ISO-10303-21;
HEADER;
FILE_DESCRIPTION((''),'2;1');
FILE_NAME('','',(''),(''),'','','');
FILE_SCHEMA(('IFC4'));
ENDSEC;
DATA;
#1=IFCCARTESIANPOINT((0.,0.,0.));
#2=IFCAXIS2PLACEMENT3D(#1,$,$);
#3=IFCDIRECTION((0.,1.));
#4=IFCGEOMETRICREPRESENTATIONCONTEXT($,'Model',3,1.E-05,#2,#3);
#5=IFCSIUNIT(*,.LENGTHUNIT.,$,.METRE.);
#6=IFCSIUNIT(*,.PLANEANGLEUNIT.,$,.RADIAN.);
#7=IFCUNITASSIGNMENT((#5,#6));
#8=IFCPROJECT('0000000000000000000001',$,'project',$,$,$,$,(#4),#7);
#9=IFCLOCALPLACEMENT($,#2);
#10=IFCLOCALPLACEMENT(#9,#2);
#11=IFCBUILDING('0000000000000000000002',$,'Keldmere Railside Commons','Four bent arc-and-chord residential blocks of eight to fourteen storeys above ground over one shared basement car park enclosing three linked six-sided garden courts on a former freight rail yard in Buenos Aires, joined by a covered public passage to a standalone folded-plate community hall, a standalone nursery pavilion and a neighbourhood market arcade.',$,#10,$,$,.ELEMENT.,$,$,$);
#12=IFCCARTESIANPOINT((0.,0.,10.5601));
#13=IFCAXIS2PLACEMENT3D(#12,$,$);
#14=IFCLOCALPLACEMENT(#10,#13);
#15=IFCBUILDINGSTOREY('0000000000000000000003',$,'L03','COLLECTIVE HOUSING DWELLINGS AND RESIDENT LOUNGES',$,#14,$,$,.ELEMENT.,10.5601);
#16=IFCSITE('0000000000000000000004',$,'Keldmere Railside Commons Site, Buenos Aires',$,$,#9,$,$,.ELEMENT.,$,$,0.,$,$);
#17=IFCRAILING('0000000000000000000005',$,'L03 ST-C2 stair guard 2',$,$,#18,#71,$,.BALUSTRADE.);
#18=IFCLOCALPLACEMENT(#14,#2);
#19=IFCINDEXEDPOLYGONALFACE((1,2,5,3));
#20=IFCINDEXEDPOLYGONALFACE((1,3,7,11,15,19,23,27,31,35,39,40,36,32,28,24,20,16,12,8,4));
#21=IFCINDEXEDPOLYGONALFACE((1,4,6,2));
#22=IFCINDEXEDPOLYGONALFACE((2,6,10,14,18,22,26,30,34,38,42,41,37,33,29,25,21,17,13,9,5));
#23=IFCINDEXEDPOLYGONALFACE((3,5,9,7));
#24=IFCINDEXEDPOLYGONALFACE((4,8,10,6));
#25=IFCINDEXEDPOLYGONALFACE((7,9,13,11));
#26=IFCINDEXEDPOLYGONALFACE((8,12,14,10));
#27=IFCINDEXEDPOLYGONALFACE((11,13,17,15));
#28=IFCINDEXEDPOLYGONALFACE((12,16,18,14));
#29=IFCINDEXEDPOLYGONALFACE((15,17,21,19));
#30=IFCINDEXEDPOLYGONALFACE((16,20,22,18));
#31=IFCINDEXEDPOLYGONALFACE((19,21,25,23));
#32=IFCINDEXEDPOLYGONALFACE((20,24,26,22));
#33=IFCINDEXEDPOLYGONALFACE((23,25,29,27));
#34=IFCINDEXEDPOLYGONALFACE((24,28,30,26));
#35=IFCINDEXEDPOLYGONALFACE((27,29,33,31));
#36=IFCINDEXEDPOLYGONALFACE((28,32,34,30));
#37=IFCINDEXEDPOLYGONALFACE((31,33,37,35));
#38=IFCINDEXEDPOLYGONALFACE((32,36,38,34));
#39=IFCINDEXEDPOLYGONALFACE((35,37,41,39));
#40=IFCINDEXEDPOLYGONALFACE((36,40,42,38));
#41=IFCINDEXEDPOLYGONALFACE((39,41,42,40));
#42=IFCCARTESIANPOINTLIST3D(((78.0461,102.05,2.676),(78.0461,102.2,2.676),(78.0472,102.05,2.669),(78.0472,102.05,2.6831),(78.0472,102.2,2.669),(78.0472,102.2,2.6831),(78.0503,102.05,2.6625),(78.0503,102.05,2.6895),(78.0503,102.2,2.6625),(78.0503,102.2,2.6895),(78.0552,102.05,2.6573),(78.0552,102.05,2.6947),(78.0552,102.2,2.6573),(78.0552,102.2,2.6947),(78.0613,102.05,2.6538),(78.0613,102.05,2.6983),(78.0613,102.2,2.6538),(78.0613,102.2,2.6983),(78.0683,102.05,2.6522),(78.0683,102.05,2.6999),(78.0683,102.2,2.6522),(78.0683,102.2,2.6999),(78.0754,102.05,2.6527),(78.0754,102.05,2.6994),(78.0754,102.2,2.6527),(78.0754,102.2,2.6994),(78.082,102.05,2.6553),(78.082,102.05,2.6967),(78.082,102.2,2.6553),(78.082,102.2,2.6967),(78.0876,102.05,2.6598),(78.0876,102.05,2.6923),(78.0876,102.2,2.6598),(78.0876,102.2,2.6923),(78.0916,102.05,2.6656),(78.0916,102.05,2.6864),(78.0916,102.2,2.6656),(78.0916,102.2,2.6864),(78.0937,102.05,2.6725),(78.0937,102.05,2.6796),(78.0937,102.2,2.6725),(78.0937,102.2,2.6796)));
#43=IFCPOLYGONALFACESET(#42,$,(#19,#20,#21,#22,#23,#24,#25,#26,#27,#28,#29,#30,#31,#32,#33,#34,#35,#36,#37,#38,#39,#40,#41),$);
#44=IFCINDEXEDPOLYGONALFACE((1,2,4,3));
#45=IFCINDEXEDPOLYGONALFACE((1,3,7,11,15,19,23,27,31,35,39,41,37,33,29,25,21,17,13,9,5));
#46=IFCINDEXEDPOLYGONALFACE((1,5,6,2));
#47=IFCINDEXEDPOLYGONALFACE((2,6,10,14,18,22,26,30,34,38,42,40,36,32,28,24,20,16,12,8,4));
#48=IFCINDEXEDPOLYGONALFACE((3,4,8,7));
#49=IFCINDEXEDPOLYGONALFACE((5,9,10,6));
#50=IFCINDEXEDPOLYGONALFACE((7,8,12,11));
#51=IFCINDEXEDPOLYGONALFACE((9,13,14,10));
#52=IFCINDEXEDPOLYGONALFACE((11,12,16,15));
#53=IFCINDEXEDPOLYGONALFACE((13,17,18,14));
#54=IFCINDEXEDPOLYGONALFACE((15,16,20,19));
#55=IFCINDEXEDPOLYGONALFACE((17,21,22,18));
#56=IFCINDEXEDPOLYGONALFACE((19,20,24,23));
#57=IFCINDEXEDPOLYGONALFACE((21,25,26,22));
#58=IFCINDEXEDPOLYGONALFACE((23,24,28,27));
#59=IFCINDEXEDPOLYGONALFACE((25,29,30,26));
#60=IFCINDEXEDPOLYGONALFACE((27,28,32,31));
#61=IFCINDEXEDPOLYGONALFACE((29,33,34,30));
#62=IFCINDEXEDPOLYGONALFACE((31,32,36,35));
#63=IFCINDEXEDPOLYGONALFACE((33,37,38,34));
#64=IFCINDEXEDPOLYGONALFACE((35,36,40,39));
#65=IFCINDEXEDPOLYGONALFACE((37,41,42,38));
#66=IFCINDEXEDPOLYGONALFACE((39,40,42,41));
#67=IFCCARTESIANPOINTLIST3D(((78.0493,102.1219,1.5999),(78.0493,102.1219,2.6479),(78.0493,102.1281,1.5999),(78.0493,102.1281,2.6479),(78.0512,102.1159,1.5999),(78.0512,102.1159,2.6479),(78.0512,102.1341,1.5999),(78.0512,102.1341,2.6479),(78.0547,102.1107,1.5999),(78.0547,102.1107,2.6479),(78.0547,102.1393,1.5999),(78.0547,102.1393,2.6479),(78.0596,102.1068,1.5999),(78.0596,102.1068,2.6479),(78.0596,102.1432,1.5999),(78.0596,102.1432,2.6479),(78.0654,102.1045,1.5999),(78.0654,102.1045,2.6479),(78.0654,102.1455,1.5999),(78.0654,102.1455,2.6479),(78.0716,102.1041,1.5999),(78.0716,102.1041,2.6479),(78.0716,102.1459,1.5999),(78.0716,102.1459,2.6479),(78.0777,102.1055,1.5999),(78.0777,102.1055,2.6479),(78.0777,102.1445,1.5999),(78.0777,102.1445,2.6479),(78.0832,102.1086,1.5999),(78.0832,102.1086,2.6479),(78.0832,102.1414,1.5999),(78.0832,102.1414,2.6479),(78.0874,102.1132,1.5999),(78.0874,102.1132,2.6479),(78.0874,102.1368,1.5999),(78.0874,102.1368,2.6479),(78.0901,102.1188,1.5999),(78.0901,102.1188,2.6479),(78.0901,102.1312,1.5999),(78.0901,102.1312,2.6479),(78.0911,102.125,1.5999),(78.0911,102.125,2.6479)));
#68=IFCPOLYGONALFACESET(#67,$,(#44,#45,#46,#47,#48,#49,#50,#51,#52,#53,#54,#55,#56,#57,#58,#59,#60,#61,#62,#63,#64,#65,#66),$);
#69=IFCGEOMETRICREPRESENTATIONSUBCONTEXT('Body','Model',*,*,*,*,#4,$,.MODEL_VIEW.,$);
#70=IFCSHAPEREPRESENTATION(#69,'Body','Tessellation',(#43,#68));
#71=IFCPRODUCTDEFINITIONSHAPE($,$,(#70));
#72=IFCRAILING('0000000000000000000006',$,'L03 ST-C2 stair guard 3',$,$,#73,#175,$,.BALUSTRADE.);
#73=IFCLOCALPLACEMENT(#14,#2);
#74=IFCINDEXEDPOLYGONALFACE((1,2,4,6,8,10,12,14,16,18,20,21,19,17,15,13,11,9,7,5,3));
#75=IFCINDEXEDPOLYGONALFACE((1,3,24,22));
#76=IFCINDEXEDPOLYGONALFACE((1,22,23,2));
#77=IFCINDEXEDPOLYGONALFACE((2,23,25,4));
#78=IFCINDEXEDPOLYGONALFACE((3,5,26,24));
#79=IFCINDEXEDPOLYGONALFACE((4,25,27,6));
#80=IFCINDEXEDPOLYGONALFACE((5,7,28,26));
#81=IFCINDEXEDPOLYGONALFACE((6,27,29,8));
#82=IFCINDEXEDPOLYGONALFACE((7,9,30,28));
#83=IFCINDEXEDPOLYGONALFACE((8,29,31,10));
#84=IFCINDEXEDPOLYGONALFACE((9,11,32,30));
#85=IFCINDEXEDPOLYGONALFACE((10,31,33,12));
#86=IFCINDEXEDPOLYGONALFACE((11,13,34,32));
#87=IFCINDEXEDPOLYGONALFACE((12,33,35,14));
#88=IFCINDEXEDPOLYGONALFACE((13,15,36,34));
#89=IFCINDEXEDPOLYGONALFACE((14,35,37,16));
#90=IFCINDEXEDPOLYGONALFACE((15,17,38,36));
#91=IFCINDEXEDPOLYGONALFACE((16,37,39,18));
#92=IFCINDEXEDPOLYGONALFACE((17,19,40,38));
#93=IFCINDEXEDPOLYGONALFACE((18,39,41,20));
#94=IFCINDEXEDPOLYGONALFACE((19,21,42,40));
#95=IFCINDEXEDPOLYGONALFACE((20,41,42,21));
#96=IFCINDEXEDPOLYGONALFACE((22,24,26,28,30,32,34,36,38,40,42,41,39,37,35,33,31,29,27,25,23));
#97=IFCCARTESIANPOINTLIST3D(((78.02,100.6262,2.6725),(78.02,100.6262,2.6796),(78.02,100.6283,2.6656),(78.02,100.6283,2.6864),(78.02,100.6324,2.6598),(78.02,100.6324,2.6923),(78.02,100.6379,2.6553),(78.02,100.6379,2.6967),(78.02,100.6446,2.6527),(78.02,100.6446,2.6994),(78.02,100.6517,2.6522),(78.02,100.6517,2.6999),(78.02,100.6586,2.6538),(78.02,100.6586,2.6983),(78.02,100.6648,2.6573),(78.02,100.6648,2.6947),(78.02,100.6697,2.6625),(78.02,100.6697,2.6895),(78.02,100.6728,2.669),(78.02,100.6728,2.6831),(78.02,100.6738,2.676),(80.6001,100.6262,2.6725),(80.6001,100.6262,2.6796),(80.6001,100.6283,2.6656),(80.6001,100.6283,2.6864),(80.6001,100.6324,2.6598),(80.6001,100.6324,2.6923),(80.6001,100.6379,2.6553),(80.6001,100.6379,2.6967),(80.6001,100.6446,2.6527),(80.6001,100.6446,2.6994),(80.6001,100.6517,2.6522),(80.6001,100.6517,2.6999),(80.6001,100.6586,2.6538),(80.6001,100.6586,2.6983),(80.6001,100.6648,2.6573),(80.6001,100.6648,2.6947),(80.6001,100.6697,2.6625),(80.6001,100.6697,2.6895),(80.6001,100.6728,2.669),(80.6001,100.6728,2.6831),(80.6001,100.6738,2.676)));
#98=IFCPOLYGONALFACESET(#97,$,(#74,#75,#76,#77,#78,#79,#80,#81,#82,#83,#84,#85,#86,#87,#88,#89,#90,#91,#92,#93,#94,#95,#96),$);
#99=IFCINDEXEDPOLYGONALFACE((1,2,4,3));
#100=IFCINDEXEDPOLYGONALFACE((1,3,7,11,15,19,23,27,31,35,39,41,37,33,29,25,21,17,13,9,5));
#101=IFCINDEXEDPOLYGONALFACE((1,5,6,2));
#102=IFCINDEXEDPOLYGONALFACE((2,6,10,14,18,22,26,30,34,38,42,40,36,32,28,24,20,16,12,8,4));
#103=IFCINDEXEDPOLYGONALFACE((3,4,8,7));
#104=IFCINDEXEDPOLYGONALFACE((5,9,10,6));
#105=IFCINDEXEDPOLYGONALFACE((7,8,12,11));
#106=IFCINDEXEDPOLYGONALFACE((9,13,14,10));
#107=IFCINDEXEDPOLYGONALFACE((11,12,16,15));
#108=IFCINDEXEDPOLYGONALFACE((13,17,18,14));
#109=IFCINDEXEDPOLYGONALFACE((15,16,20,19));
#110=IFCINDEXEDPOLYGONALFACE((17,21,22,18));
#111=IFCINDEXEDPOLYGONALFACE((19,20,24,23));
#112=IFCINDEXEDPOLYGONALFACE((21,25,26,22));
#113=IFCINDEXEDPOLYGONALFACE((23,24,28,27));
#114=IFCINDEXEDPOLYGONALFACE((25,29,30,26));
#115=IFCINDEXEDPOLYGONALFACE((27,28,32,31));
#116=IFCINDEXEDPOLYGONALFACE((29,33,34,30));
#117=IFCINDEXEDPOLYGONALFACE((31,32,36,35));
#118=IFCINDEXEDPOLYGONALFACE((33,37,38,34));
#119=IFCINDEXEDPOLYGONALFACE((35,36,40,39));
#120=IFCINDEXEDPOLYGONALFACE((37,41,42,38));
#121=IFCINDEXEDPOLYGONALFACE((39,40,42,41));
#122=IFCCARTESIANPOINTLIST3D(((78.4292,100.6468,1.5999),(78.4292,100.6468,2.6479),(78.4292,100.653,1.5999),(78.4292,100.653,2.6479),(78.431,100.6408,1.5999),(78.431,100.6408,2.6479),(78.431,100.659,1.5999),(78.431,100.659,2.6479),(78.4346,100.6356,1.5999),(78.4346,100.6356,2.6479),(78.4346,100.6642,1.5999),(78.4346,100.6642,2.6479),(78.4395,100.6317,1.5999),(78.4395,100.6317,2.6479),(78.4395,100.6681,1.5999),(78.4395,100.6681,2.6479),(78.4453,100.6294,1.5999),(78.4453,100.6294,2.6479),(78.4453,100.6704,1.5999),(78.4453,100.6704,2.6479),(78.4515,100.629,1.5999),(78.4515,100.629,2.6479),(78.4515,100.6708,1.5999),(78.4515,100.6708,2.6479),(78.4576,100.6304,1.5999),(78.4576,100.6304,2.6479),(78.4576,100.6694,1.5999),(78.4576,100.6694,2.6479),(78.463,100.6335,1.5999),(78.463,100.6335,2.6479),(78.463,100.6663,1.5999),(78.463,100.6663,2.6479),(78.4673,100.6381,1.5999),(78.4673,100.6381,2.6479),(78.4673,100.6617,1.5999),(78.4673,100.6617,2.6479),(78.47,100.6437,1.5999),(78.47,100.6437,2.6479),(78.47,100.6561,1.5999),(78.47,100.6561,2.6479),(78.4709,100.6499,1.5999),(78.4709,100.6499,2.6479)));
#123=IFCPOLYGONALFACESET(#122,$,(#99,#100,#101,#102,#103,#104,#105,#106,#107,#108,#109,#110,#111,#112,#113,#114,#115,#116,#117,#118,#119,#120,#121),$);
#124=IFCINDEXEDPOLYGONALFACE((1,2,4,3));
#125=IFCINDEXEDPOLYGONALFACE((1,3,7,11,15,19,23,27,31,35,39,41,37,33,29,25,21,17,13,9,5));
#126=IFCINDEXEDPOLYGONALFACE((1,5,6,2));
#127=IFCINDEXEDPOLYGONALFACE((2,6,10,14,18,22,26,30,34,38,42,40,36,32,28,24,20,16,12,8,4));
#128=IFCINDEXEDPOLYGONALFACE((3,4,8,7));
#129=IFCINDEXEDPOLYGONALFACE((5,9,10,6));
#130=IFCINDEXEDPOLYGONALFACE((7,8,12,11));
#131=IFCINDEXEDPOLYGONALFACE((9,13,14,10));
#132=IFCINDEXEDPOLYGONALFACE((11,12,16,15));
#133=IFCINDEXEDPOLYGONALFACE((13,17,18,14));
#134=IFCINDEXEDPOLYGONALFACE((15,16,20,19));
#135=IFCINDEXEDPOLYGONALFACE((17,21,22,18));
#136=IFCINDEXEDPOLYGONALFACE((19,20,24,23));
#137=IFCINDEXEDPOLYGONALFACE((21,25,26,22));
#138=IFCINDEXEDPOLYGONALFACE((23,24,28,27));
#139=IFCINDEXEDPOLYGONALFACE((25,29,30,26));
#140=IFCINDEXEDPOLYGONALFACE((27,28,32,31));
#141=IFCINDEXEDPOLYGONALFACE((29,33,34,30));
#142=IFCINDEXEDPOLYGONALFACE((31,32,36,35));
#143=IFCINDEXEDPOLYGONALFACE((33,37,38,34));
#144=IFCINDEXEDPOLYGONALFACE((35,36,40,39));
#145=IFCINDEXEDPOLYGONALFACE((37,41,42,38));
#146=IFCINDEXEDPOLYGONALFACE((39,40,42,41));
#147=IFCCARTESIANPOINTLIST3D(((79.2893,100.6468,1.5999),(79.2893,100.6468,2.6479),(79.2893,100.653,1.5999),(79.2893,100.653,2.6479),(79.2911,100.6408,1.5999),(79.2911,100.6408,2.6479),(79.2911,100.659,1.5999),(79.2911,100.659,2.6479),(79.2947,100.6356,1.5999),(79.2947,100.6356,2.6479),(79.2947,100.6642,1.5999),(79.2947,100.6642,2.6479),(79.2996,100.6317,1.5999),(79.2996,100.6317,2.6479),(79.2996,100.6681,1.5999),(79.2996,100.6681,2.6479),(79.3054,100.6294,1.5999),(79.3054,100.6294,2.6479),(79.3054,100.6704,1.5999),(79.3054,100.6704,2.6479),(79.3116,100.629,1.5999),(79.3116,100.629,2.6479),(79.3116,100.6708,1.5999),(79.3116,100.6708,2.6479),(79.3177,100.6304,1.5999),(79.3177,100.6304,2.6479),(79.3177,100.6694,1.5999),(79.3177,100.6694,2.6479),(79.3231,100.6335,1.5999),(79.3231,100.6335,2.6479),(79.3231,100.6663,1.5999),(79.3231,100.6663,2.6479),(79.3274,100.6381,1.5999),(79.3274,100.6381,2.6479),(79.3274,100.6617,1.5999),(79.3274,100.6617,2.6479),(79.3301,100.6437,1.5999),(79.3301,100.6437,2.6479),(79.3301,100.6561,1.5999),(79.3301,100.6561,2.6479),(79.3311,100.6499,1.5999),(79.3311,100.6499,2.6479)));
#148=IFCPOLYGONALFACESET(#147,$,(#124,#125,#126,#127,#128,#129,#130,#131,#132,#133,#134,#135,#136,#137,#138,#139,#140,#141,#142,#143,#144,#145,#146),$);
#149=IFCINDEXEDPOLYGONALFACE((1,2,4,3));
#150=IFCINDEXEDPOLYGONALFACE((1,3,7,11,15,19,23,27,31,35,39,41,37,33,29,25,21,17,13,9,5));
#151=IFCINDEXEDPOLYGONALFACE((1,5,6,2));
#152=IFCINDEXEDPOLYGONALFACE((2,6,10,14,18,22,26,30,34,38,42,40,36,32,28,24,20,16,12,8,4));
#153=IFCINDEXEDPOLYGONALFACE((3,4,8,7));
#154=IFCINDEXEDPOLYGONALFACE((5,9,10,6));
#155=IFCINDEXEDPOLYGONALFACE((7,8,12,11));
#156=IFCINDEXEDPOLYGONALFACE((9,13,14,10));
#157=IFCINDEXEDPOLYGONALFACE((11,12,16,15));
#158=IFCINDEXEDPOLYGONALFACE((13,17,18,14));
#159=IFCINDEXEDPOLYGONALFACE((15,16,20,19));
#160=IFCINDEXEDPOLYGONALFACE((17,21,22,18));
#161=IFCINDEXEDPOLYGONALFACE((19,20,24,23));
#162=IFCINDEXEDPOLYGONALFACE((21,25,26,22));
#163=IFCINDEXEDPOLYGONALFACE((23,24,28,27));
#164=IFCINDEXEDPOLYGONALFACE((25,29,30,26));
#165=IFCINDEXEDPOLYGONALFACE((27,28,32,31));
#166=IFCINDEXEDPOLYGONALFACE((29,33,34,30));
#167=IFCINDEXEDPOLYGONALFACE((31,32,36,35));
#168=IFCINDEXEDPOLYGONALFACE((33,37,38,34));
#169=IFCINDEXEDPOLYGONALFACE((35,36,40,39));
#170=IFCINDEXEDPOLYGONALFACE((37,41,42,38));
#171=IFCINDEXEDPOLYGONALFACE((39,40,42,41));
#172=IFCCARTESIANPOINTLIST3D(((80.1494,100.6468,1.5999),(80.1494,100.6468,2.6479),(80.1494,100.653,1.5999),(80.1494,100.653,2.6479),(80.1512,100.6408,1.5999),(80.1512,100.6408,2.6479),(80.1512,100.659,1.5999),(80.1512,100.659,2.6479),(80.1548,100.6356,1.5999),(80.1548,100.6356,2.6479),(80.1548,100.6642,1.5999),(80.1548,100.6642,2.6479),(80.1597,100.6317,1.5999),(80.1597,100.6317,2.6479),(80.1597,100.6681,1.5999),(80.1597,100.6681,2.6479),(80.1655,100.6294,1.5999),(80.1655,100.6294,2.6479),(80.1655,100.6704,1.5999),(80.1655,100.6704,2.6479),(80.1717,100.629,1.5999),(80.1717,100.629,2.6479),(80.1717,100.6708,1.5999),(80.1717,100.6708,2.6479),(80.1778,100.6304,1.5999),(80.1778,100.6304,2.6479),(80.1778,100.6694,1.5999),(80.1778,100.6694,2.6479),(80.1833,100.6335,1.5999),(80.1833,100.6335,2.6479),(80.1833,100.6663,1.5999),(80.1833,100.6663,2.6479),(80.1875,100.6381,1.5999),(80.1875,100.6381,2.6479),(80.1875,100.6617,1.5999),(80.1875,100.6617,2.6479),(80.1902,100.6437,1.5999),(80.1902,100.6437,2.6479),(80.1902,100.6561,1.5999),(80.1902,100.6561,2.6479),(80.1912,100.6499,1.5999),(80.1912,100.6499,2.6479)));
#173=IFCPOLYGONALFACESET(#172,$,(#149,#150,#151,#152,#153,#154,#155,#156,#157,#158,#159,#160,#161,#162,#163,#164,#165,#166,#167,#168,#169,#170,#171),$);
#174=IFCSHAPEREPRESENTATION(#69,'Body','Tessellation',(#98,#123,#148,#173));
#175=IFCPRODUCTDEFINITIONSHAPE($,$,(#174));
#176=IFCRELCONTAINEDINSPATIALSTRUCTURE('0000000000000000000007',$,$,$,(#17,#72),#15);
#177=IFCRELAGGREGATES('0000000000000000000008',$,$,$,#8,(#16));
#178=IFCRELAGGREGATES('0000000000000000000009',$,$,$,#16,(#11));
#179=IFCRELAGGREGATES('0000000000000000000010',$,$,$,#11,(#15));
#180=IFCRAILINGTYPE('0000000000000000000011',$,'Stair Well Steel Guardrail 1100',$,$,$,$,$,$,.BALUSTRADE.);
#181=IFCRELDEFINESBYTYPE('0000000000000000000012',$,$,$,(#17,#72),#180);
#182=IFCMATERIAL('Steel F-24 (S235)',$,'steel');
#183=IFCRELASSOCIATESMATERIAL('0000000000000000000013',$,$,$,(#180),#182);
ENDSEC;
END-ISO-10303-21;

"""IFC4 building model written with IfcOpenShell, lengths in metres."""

from ifc_helpers import new_model, si_unit, direction, frame, origin, origin_2d, place, context, subcontext, project, spatial, circle, extrude, material, type_object, element, save


model = new_model("IFC4")

# Units and contexts
model_context = context("Model", 3, precision=1e-05, world=origin(), true_north=direction((0.0, 1.0)))
body_context = subcontext(model_context, "Body", "Model", "MODEL_VIEW")
ifc_project = project(units=[si_unit("LENGTHUNIT", "METRE"), si_unit("PLANEANGLEUNIT", "RADIAN")], contexts=[model_context])

# Site, building, storey
site_placement = place(None, origin())
site = spatial("IfcSite", under=ifc_project, at=site_placement, Name="Keldmere Railside Commons Site, Buenos Aires", CompositionType="ELEMENT", RefElevation=0.0)
building_placement = place(site_placement, origin())
building = spatial("IfcBuilding", under=site, at=building_placement, Name="Keldmere Railside Commons", Description="Four bent arc-and-chord residential blocks of eight to fourteen storeys above ground over one shared basement car park enclosing three linked six-sided garden courts on a former freight rail yard in Buenos Aires, joined by a covered public passage to a standalone folded-plate community hall, a standalone nursery pavilion and a neighbourhood market arcade.", CompositionType="ELEMENT")
storey_placement = place(building_placement, frame((0.0, 0.0, 10.5601)))
storey = spatial("IfcBuildingStorey", under=building, at=storey_placement, Name="L03", Description="COLLECTIVE HOUSING DWELLINGS AND RESIDENT LOUNGES", CompositionType="ELEMENT", Elevation=10.5601)

# Railings
ifc_material_1 = material(Name="Steel F-24 (S235)", Category="steel")
railing_type_1 = type_object("IfcRailingType", Name="Stair Well Steel Guardrail 1100", PredefinedType="BALUSTRADE", material=ifc_material_1)
railing_1_placement = place(storey_placement, frame((78.0701, 102.05, 1.5999)))
element("IfcRailing", 1, at=railing_1_placement, inside=storey, type_object=railing_type_1, Name="L03 ST-C2 stair guard 2", PredefinedType="BALUSTRADE", context=body_context, shape_type="SweptSolid", body=[
    extrude(circle(Radius=0.0239, at=origin_2d()), frame((0.0, 0.0, 1.0762), z_axis=(0.0, 1.0, 0.0), x_axis=(-1.0, 0.0, 0.0)), (0.0, 0.0, 1.0), 0.1499),
    extrude(circle(Radius=0.021, at=origin_2d()), frame((0.0, 0.075, 0.0)), (0.0, 0.0, 1.0), 1.0481),
])
railing_2_placement = place(storey_placement, frame((78.02, 100.6499, 1.5999)))
element("IfcRailing", 2, at=railing_2_placement, inside=storey, type_object=railing_type_1, Name="L03 ST-C2 stair guard 3", PredefinedType="BALUSTRADE", context=body_context, shape_type="SweptSolid", body=[
    extrude(circle(Radius=0.0239, at=origin_2d()), frame((0.0, 0.0, 1.0762), z_axis=(1.0, 0.0, 0.0), x_axis=(0.0, 1.0, 0.0)), (0.0, 0.0, 1.0), 2.5801),
    extrude(circle(Radius=0.021, at=origin_2d()), frame((0.4299, 0.0, 0.0)), (0.0, 0.0, 1.0), 1.0481),
    extrude(circle(Radius=0.021, at=origin_2d()), frame((1.29, 0.0, 0.0)), (0.0, 0.0, 1.0), 1.0481),
    extrude(circle(Radius=0.021, at=origin_2d()), frame((2.1501, 0.0, 0.0)), (0.0, 0.0, 1.0), 1.0481),
])

save(model, "model.ifc")
